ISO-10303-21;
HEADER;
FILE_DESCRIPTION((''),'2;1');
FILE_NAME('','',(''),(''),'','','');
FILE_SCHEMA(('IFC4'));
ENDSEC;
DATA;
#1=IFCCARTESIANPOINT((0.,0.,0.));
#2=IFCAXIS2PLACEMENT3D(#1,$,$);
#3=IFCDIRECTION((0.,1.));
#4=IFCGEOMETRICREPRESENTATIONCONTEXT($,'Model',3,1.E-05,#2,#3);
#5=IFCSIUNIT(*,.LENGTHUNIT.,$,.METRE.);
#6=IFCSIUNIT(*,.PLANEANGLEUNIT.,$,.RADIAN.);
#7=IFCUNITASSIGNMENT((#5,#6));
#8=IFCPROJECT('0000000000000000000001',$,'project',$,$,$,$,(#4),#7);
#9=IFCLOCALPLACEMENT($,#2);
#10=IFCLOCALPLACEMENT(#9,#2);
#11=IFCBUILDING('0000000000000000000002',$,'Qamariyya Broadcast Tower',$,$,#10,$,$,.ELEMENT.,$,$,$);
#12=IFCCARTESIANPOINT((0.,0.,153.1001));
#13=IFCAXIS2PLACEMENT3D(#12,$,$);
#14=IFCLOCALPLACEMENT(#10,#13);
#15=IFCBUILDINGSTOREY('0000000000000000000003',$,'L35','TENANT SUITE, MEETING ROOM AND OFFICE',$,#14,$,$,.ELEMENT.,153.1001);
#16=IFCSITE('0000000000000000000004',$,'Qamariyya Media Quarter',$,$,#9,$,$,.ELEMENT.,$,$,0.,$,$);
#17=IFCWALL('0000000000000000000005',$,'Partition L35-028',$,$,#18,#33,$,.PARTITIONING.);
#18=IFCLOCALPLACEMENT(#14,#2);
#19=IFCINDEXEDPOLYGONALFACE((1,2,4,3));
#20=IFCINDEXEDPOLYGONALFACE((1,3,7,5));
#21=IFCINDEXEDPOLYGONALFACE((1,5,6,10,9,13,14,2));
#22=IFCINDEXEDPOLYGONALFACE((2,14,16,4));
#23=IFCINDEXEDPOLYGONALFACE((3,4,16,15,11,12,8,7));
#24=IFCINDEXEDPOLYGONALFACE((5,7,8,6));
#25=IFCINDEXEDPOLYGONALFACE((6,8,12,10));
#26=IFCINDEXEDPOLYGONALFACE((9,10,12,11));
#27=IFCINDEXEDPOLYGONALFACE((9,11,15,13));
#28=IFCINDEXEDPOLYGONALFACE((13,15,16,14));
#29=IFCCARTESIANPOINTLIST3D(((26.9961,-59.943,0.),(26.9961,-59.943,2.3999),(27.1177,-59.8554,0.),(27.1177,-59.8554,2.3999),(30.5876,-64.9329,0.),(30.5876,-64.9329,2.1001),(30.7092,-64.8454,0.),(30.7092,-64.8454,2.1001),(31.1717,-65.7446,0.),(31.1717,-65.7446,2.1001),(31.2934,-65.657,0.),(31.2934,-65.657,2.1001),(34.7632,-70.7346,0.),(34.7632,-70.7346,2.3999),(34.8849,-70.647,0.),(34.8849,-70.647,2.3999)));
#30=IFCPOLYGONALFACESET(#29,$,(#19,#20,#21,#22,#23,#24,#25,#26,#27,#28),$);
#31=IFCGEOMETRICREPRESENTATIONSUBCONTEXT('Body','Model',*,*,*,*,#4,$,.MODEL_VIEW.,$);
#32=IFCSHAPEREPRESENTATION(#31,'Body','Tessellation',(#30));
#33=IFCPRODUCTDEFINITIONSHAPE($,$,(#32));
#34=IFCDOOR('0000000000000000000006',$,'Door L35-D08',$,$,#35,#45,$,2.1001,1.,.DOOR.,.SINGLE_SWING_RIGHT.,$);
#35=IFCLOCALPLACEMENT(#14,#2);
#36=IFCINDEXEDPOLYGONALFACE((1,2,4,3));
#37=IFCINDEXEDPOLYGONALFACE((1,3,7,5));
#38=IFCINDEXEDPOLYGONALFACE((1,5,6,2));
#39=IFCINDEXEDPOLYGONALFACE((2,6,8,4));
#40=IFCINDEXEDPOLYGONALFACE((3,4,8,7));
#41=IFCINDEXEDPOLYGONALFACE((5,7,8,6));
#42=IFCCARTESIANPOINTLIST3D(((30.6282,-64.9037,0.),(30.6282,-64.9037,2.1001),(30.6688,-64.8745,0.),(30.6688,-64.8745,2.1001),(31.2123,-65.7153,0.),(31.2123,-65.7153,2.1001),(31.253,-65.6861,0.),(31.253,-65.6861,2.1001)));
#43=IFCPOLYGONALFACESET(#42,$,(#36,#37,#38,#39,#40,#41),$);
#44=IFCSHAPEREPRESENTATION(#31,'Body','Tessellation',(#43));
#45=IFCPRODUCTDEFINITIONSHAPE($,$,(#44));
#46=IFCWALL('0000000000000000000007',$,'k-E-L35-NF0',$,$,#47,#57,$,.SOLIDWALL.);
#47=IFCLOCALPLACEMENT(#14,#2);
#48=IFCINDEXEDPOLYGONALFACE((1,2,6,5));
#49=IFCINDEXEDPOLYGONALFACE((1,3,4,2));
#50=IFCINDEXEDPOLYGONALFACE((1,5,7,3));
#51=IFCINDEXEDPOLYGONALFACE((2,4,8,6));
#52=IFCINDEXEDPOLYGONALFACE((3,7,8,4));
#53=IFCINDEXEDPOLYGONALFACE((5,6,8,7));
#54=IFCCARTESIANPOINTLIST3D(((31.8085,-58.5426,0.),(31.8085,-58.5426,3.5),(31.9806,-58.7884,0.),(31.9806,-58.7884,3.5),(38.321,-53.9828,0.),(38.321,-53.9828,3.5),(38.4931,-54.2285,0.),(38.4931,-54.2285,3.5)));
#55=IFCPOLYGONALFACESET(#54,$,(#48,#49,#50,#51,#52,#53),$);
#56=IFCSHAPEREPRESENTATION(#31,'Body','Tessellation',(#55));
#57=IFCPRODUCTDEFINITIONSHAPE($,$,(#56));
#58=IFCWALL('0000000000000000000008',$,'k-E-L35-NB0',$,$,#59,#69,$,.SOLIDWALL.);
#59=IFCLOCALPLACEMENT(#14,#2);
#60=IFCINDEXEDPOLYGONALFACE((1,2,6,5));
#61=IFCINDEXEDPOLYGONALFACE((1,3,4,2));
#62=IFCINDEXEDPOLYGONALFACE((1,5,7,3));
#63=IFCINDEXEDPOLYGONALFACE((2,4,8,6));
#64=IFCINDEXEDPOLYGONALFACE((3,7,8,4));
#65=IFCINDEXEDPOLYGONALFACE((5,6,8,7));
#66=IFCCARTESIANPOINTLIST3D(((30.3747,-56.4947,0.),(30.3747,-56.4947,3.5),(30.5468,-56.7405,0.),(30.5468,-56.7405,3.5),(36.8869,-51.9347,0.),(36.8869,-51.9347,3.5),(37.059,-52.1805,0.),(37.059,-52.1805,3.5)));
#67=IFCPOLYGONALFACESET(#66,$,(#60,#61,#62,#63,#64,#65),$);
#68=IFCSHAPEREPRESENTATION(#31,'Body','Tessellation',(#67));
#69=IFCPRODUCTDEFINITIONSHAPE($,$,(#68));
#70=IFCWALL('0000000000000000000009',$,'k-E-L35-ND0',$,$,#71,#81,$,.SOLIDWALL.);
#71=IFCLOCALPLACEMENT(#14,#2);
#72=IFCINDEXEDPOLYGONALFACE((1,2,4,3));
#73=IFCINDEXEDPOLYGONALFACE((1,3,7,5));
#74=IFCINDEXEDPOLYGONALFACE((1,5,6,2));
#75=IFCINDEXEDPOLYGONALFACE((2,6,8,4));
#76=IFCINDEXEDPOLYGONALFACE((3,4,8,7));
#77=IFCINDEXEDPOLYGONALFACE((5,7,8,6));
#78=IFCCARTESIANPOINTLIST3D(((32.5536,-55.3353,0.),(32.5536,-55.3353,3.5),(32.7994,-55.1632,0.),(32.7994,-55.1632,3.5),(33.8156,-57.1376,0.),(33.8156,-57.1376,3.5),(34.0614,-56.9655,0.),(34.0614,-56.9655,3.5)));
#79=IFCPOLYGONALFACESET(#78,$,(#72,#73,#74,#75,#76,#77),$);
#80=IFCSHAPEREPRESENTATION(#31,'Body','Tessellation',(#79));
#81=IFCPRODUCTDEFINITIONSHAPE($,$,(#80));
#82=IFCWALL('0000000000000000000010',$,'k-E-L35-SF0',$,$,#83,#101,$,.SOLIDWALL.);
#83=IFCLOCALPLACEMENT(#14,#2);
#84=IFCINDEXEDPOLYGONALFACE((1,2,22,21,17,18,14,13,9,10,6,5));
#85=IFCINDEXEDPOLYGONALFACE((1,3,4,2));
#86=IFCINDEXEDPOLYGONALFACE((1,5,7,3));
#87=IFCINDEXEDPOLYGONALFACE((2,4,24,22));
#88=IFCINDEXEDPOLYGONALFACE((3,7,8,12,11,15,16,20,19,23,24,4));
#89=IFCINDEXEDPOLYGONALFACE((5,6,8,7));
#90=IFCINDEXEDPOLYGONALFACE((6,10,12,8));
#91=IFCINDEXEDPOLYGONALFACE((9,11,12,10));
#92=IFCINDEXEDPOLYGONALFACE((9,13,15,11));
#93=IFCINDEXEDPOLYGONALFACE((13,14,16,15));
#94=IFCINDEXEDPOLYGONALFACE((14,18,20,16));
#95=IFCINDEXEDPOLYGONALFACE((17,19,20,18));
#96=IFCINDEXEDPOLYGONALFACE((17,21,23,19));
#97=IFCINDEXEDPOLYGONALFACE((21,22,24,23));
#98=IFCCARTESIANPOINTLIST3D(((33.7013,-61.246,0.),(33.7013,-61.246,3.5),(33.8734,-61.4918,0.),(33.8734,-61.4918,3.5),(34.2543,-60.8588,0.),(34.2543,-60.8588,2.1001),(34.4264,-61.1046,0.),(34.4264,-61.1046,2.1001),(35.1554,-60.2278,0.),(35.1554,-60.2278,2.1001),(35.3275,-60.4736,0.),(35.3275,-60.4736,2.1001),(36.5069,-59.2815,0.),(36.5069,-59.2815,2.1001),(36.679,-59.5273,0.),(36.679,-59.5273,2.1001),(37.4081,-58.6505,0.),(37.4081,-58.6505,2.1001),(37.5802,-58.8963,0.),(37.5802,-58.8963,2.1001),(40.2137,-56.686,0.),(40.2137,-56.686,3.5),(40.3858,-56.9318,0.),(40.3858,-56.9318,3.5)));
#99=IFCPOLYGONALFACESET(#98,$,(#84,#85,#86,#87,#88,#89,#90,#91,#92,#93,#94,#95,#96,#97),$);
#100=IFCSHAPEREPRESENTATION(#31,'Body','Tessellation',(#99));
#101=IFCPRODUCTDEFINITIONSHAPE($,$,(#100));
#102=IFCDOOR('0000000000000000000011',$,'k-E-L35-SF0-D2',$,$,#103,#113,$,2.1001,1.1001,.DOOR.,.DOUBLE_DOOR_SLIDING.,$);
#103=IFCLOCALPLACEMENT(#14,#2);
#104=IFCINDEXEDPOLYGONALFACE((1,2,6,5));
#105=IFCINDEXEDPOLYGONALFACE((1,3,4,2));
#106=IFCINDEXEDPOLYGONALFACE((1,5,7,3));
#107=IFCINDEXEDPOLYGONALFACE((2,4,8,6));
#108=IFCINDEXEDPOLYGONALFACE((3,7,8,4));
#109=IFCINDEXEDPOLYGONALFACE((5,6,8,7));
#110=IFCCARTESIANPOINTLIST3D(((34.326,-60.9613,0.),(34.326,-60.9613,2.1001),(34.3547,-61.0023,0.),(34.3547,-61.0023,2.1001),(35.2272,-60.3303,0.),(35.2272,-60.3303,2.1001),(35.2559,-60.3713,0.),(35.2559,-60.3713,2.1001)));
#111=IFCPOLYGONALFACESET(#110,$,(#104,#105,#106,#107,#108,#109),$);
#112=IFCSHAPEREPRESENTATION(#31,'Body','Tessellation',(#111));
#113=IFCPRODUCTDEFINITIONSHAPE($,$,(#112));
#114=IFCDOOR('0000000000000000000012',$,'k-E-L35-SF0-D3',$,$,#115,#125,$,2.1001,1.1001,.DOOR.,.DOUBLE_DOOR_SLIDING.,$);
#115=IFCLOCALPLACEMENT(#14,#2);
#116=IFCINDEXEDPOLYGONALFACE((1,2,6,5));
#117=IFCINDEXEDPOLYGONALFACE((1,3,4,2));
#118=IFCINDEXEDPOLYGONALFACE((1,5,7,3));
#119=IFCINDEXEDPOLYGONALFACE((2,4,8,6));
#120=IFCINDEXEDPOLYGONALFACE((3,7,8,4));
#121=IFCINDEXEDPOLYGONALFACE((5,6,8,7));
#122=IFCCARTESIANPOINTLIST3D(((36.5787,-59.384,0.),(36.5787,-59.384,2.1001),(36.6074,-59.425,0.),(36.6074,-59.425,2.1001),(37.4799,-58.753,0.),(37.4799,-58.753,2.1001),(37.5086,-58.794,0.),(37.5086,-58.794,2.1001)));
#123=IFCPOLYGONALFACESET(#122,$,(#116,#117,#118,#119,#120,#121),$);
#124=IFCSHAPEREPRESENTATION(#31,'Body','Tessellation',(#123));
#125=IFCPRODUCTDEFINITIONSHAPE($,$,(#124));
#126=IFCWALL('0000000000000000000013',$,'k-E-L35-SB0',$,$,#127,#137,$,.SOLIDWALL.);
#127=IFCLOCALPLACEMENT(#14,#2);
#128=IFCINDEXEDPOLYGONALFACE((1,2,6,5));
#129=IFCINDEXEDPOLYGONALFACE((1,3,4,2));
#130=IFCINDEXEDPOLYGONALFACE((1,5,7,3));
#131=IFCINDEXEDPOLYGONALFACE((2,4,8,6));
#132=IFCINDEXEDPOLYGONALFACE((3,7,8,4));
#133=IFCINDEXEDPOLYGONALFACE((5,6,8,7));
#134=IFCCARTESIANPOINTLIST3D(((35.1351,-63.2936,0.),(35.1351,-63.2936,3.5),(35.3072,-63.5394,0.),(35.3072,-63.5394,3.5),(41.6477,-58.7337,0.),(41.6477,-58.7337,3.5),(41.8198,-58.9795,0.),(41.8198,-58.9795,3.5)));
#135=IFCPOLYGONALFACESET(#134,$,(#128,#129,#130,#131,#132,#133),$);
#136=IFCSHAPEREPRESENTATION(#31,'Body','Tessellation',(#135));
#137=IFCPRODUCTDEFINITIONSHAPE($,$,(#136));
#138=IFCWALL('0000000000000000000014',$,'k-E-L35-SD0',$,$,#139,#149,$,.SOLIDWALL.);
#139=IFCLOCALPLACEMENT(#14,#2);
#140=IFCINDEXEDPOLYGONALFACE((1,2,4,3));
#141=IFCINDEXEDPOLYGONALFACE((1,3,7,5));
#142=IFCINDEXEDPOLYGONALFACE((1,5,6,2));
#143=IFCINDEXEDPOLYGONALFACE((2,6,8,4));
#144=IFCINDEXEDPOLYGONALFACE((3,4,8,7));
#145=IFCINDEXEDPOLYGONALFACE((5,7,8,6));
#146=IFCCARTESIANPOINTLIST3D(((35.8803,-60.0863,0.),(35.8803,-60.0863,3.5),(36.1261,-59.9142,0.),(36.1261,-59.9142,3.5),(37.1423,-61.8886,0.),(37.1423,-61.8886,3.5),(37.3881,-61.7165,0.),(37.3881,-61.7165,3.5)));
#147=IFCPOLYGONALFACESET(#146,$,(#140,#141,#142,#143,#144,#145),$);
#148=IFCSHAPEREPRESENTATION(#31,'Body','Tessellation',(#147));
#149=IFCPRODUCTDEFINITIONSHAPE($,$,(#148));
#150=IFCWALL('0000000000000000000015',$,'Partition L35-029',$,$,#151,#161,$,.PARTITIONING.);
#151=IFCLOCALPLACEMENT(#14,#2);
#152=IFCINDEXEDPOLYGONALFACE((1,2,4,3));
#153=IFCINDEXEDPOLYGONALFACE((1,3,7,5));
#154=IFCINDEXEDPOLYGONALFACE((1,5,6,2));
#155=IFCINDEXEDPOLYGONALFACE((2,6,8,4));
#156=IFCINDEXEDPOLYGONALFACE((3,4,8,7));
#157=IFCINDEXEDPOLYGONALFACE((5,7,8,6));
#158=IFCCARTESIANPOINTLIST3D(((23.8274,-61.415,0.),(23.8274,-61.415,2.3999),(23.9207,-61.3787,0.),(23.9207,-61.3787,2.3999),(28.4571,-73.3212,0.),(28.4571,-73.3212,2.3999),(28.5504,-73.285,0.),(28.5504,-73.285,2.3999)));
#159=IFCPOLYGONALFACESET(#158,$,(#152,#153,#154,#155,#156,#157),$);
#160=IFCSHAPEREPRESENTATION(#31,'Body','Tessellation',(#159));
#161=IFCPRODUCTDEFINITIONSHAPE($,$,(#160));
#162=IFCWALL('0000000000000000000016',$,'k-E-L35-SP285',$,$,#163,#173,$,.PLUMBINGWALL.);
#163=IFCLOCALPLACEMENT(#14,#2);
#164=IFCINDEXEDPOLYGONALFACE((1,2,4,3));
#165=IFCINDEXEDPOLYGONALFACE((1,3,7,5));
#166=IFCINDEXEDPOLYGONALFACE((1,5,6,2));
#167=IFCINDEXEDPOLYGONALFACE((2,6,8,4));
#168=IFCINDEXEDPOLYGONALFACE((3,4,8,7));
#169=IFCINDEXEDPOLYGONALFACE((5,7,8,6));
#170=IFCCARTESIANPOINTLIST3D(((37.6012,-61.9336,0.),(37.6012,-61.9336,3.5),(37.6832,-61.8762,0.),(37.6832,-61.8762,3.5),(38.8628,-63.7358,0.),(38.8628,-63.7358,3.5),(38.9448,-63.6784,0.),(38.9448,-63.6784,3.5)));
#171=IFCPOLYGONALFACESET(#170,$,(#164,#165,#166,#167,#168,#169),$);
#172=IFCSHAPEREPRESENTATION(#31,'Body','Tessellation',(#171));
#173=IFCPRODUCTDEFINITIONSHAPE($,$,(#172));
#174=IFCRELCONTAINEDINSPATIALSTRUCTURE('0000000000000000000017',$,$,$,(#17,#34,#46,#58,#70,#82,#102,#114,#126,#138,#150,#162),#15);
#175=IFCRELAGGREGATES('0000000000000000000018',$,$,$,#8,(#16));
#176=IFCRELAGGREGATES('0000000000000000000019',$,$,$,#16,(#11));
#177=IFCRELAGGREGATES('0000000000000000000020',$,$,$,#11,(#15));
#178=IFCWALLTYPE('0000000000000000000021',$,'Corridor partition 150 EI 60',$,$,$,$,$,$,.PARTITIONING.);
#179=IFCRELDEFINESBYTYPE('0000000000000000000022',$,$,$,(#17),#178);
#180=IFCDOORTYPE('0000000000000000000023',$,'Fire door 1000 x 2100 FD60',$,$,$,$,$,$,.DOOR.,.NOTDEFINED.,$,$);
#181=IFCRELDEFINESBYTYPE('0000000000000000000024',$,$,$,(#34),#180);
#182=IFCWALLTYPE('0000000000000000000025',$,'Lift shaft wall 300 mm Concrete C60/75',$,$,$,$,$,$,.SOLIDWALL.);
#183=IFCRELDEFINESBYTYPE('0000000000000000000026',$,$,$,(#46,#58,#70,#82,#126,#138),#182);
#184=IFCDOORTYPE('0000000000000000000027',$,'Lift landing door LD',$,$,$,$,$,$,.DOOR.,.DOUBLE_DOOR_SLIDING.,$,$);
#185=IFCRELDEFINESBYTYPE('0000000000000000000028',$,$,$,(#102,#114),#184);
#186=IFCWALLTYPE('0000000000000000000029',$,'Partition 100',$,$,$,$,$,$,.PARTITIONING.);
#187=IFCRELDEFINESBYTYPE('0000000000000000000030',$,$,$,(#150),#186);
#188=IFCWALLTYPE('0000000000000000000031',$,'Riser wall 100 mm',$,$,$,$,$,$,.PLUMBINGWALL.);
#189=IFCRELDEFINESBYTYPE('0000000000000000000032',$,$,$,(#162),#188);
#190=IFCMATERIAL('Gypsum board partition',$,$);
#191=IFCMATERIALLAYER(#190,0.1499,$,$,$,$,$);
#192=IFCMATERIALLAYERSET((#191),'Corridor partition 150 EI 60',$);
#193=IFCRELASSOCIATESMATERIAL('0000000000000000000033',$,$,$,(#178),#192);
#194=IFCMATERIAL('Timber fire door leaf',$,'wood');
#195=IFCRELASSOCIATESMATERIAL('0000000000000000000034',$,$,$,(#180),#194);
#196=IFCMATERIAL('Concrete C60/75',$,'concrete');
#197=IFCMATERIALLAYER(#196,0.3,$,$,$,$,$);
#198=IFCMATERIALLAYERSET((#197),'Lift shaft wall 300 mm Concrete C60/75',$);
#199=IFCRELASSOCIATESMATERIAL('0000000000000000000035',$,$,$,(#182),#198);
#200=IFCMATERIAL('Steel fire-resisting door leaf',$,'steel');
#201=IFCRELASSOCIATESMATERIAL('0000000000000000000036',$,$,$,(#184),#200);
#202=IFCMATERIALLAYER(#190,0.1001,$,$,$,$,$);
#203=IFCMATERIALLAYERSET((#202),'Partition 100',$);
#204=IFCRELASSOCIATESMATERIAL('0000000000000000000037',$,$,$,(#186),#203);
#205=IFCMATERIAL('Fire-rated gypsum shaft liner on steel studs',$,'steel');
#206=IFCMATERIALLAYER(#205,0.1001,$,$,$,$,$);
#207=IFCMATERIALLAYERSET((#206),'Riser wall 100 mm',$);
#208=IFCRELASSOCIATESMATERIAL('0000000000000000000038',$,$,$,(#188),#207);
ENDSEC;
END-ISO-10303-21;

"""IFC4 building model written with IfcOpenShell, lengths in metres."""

from ifc_helpers import new_model, si_unit, direction, frame, frame_2d, origin, place, context, subcontext, project, spatial, rectangle, extrude, material, layer, layer_set, type_object, element, fill, save


model = new_model("IFC4")

# Units and contexts
model_context = context("Model", 3, precision=1e-05, world=origin(), true_north=direction((0.0, 1.0)))
body_context = subcontext(model_context, "Body", "Model", "MODEL_VIEW")
ifc_project = project(units=[si_unit("LENGTHUNIT", "METRE"), si_unit("PLANEANGLEUNIT", "RADIAN")], contexts=[model_context])

# Site, building, storey
site_placement = place(None, origin())
site = spatial("IfcSite", under=ifc_project, at=site_placement, Name="Qamariyya Media Quarter", CompositionType="ELEMENT", RefElevation=0.0)
building_placement = place(site_placement, origin())
building = spatial("IfcBuilding", under=site, at=building_placement, Name="Qamariyya Broadcast Tower", CompositionType="ELEMENT")
storey_placement = place(building_placement, frame((0.0, 0.0, 153.1001)))
storey = spatial("IfcBuildingStorey", under=building, at=storey_placement, Name="L35", Description="TENANT SUITE, MEETING ROOM AND OFFICE", CompositionType="ELEMENT", Elevation=153.1001)

# Shared definitions
ifc_material_1 = material(Name="Concrete C60/75", Category="concrete")

# Shared definitions
ifc_material_2 = material(Name="Steel fire-resisting door leaf", Category="steel")

# Wall, opening, door
ifc_material_3 = material(Name="Gypsum board partition")
ifc_layer_1 = layer(ifc_material_3, 0.1499)
ifc_layer_set_1 = layer_set([ifc_layer_1], Name="Corridor partition 150 EI 60")
wall_type_1 = type_object("IfcWallType", Name="Corridor partition 150 EI 60", PredefinedType="PARTITIONING", material=ifc_layer_set_1)
wall_1_placement = place(storey_placement, frame((34.824, -70.6907, 0.0), z_axis=(0.0, 0.0, 1.0), x_axis=(-0.584166, 0.811634, 0.0)))
wall_1 = element("IfcWall", 1, at=wall_1_placement, inside=storey, type_object=wall_type_1, Name="Partition L35-028", PredefinedType="PARTITIONING", context=body_context, shape_type="SweptSolid", body=[
    extrude(rectangle(XDim=13.2961, YDim=0.1499, at=frame_2d((6.6479, 0.0))), origin(), (0.0, 0.0, 1.0), 2.3999),
])
opening_1_placement = place(wall_1_placement, frame((6.1479, 0.0, 0.0)))
opening_1 = element("IfcOpeningElement", 2, at=opening_1_placement, cuts=wall_1, PredefinedType="OPENING", context=body_context, shape_type="SweptSolid", body=[
    extrude(rectangle(XDim=1.0, YDim=2.1001, at=frame_2d((0.5, 1.05))), frame((0.0, 0.085, 0.0), z_axis=(0.0, -1.0, 0.0), x_axis=(1.0, 0.0, 0.0)), (0.0, 0.0, 1.0), 0.1699),
])
ifc_material_4 = material(Name="Timber fire door leaf", Category="wood")
door_type_1 = type_object("IfcDoorType", Name="Fire door 1000 x 2100 FD60", OperationType="NOTDEFINED", PredefinedType="DOOR", material=ifc_material_4)
door_1_placement = place(opening_1_placement, origin())
door_1 = element("IfcDoor", 3, at=door_1_placement, inside=storey, type_object=door_type_1, Name="Door L35-D08", OperationType="SINGLE_SWING_RIGHT", OverallHeight=2.1001, OverallWidth=1.0, PredefinedType="DOOR", context=body_context, shape_type="SweptSolid", body=[
    extrude(rectangle(XDim=1.0, YDim=2.1001, at=frame_2d((0.5, 1.05))), frame((0.0, 0.0249, 0.0), z_axis=(0.0, -1.0, 0.0), x_axis=(1.0, 0.0, 0.0)), (0.0, 0.0, 1.0), 0.05),
])
fill(opening_1, door_1)

# Walls
ifc_layer_2 = layer(ifc_material_1, 0.3)
ifc_layer_set_2 = layer_set([ifc_layer_2], Name="Lift shaft wall 300 mm Concrete C60/75")
wall_type_2 = type_object("IfcWallType", Name="Lift shaft wall 300 mm Concrete C60/75", PredefinedType="SOLIDWALL", material=ifc_layer_set_2)
wall_2_placement = place(storey_placement, frame((31.8945, -58.6655, 0.0), z_axis=(0.0, 0.0, 1.0), x_axis=(0.819167, 0.573555, 0.0)))
element("IfcWall", 4, at=wall_2_placement, inside=storey, type_object=wall_type_2, Name="k-E-L35-NF0", PredefinedType="SOLIDWALL", context=body_context, shape_type="SweptSolid", body=[
    extrude(rectangle(XDim=7.9502, YDim=0.3, at=frame_2d((3.9751, 0.0))), origin(), (0.0, 0.0, 1.0), 3.5),
])
wall_3_placement = place(storey_placement, frame((30.4607, -56.6177, 0.0), z_axis=(0.0, 0.0, 1.0), x_axis=(0.819142, 0.57359, 0.0)))
element("IfcWall", 5, at=wall_3_placement, inside=storey, type_object=wall_type_2, Name="k-E-L35-NB0", PredefinedType="SOLIDWALL", context=body_context, shape_type="SweptSolid", body=[
    extrude(rectangle(XDim=7.95, YDim=0.3, at=frame_2d((3.9751, 0.0))), origin(), (0.0, 0.0, 1.0), 3.5),
])
wall_4_placement = place(storey_placement, frame((33.9385, -57.0515, 0.0), z_axis=(0.0, 0.0, 1.0), x_axis=(-0.573581, 0.819149, 0.0)))
element("IfcWall", 6, at=wall_4_placement, inside=storey, type_object=wall_type_2, Name="k-E-L35-ND0", PredefinedType="SOLIDWALL", context=body_context, shape_type="SweptSolid", body=[
    extrude(rectangle(XDim=2.2002, YDim=0.3, at=frame_2d((1.1001, 0.0))), origin(), (0.0, 0.0, 1.0), 3.5),
])

# Wall, openings, doors
wall_5_placement = place(storey_placement, frame((33.7874, -61.3689, 0.0), z_axis=(0.0, 0.0, 1.0), x_axis=(0.819153, 0.573576, 0.0)))
wall_5 = element("IfcWall", 7, at=wall_5_placement, inside=storey, type_object=wall_type_2, Name="k-E-L35-SF0", PredefinedType="SOLIDWALL", context=body_context, shape_type="SweptSolid", body=[
    extrude(rectangle(XDim=7.9502, YDim=0.3, at=frame_2d((3.9751, 0.0))), origin(), (0.0, 0.0, 1.0), 3.5),
])
opening_2_placement = place(wall_5_placement, frame((0.675, 0.0, 0.0)))
opening_2 = element("IfcOpeningElement", 8, at=opening_2_placement, cuts=wall_5, PredefinedType="OPENING", context=body_context, shape_type="SweptSolid", body=[
    extrude(rectangle(XDim=1.1001, YDim=2.1001, at=frame_2d((0.55, 1.05))), frame((0.0, 0.1599, 0.0), z_axis=(0.0, -1.0, 0.0), x_axis=(1.0, 0.0, 0.0)), (0.0, 0.0, 1.0), 0.3201),
])
opening_3_placement = place(wall_5_placement, frame((3.425, 0.0, 0.0)))
opening_3 = element("IfcOpeningElement", 9, at=opening_3_placement, cuts=wall_5, PredefinedType="OPENING", context=body_context, shape_type="SweptSolid", body=[
    extrude(rectangle(XDim=1.1001, YDim=2.1001, at=frame_2d((0.55, 1.05))), frame((0.0, 0.1599, 0.0), z_axis=(0.0, -1.0, 0.0), x_axis=(1.0, 0.0, 0.0)), (0.0, 0.0, 1.0), 0.3201),
])
door_type_2 = type_object("IfcDoorType", Name="Lift landing door LD", OperationType="DOUBLE_DOOR_SLIDING", PredefinedType="DOOR", material=ifc_material_2)
door_2_placement = place(opening_2_placement, origin())
door_2 = element("IfcDoor", 10, at=door_2_placement, inside=storey, type_object=door_type_2, Name="k-E-L35-SF0-D2", OperationType="DOUBLE_DOOR_SLIDING", OverallHeight=2.1001, OverallWidth=1.1001, PredefinedType="DOOR", context=body_context, shape_type="SweptSolid", body=[
    extrude(rectangle(XDim=1.1001, YDim=2.1001, at=frame_2d((0.55, 1.05))), frame((0.0, 0.0249, 0.0), z_axis=(0.0, -1.0, 0.0), x_axis=(1.0, 0.0, 0.0)), (0.0, 0.0, 1.0), 0.05),
])
fill(opening_2, door_2)
door_3_placement = place(opening_3_placement, origin())
door_3 = element("IfcDoor", 11, at=door_3_placement, inside=storey, type_object=door_type_2, Name="k-E-L35-SF0-D3", OperationType="DOUBLE_DOOR_SLIDING", OverallHeight=2.1001, OverallWidth=1.1001, PredefinedType="DOOR", context=body_context, shape_type="SweptSolid", body=[
    extrude(rectangle(XDim=1.1001, YDim=2.1001, at=frame_2d((0.55, 1.05))), frame((0.0, 0.0249, 0.0), z_axis=(0.0, -1.0, 0.0), x_axis=(1.0, 0.0, 0.0)), (0.0, 0.0, 1.0), 0.05),
])
fill(opening_3, door_3)

# Walls
wall_6_placement = place(storey_placement, frame((35.2212, -63.4165, 0.0), z_axis=(0.0, 0.0, 1.0), x_axis=(0.819167, 0.573555, 0.0)))
element("IfcWall", 12, at=wall_6_placement, inside=storey, type_object=wall_type_2, Name="k-E-L35-SB0", PredefinedType="SOLIDWALL", context=body_context, shape_type="SweptSolid", body=[
    extrude(rectangle(XDim=7.9502, YDim=0.3, at=frame_2d((3.9751, 0.0))), origin(), (0.0, 0.0, 1.0), 3.5),
])
wall_7_placement = place(storey_placement, frame((36.0032, -60.0002, 0.0), z_axis=(0.0, 0.0, 1.0), x_axis=(0.573581, -0.819149, 0.0)))
element("IfcWall", 13, at=wall_7_placement, inside=storey, type_object=wall_type_2, Name="k-E-L35-SD0", PredefinedType="SOLIDWALL", context=body_context, shape_type="SweptSolid", body=[
    extrude(rectangle(XDim=2.2002, YDim=0.3, at=frame_2d((1.1001, 0.0))), origin(), (0.0, 0.0, 1.0), 3.5),
])
ifc_layer_3 = layer(ifc_material_3, 0.1001)
ifc_layer_set_3 = layer_set([ifc_layer_3], Name="Partition 100")
wall_type_3 = type_object("IfcWallType", Name="Partition 100", PredefinedType="PARTITIONING", material=ifc_layer_set_3)
wall_8_placement = place(storey_placement, frame((28.5037, -73.303, 0.0), z_axis=(0.0, 0.0, 1.0), x_axis=(-0.362408, 0.93202, 0.0)))
element("IfcWall", 14, at=wall_8_placement, inside=storey, type_object=wall_type_3, Name="Partition L35-029", PredefinedType="PARTITIONING", context=body_context, shape_type="SweptSolid", body=[
    extrude(rectangle(XDim=12.7747, YDim=0.1001, at=frame_2d((6.3872, 0.0))), origin(), (0.0, 0.0, 1.0), 2.3999),
])
ifc_material_5 = material(Name="Fire-rated gypsum shaft liner on steel studs", Category="steel")
ifc_layer_4 = layer(ifc_material_5, 0.1001)
ifc_layer_set_4 = layer_set([ifc_layer_4], Name="Riser wall 100 mm")
wall_type_4 = type_object("IfcWallType", Name="Riser wall 100 mm", PredefinedType="PLUMBINGWALL", material=ifc_layer_set_4)
wall_9_placement = place(storey_placement, frame((37.6421, -61.9048, 0.0), z_axis=(0.0, 0.0, 1.0), x_axis=(0.573507, -0.819201, 0.0)))
element("IfcWall", 15, at=wall_9_placement, inside=storey, type_object=wall_type_4, Name="k-E-L35-SP285", PredefinedType="PLUMBINGWALL", context=body_context, shape_type="SweptSolid", body=[
    extrude(rectangle(XDim=2.2, YDim=0.1001, at=frame_2d((1.1001, 0.0))), origin(), (0.0, 0.0, 1.0), 3.5),
])

save(model, "model.ifc")
